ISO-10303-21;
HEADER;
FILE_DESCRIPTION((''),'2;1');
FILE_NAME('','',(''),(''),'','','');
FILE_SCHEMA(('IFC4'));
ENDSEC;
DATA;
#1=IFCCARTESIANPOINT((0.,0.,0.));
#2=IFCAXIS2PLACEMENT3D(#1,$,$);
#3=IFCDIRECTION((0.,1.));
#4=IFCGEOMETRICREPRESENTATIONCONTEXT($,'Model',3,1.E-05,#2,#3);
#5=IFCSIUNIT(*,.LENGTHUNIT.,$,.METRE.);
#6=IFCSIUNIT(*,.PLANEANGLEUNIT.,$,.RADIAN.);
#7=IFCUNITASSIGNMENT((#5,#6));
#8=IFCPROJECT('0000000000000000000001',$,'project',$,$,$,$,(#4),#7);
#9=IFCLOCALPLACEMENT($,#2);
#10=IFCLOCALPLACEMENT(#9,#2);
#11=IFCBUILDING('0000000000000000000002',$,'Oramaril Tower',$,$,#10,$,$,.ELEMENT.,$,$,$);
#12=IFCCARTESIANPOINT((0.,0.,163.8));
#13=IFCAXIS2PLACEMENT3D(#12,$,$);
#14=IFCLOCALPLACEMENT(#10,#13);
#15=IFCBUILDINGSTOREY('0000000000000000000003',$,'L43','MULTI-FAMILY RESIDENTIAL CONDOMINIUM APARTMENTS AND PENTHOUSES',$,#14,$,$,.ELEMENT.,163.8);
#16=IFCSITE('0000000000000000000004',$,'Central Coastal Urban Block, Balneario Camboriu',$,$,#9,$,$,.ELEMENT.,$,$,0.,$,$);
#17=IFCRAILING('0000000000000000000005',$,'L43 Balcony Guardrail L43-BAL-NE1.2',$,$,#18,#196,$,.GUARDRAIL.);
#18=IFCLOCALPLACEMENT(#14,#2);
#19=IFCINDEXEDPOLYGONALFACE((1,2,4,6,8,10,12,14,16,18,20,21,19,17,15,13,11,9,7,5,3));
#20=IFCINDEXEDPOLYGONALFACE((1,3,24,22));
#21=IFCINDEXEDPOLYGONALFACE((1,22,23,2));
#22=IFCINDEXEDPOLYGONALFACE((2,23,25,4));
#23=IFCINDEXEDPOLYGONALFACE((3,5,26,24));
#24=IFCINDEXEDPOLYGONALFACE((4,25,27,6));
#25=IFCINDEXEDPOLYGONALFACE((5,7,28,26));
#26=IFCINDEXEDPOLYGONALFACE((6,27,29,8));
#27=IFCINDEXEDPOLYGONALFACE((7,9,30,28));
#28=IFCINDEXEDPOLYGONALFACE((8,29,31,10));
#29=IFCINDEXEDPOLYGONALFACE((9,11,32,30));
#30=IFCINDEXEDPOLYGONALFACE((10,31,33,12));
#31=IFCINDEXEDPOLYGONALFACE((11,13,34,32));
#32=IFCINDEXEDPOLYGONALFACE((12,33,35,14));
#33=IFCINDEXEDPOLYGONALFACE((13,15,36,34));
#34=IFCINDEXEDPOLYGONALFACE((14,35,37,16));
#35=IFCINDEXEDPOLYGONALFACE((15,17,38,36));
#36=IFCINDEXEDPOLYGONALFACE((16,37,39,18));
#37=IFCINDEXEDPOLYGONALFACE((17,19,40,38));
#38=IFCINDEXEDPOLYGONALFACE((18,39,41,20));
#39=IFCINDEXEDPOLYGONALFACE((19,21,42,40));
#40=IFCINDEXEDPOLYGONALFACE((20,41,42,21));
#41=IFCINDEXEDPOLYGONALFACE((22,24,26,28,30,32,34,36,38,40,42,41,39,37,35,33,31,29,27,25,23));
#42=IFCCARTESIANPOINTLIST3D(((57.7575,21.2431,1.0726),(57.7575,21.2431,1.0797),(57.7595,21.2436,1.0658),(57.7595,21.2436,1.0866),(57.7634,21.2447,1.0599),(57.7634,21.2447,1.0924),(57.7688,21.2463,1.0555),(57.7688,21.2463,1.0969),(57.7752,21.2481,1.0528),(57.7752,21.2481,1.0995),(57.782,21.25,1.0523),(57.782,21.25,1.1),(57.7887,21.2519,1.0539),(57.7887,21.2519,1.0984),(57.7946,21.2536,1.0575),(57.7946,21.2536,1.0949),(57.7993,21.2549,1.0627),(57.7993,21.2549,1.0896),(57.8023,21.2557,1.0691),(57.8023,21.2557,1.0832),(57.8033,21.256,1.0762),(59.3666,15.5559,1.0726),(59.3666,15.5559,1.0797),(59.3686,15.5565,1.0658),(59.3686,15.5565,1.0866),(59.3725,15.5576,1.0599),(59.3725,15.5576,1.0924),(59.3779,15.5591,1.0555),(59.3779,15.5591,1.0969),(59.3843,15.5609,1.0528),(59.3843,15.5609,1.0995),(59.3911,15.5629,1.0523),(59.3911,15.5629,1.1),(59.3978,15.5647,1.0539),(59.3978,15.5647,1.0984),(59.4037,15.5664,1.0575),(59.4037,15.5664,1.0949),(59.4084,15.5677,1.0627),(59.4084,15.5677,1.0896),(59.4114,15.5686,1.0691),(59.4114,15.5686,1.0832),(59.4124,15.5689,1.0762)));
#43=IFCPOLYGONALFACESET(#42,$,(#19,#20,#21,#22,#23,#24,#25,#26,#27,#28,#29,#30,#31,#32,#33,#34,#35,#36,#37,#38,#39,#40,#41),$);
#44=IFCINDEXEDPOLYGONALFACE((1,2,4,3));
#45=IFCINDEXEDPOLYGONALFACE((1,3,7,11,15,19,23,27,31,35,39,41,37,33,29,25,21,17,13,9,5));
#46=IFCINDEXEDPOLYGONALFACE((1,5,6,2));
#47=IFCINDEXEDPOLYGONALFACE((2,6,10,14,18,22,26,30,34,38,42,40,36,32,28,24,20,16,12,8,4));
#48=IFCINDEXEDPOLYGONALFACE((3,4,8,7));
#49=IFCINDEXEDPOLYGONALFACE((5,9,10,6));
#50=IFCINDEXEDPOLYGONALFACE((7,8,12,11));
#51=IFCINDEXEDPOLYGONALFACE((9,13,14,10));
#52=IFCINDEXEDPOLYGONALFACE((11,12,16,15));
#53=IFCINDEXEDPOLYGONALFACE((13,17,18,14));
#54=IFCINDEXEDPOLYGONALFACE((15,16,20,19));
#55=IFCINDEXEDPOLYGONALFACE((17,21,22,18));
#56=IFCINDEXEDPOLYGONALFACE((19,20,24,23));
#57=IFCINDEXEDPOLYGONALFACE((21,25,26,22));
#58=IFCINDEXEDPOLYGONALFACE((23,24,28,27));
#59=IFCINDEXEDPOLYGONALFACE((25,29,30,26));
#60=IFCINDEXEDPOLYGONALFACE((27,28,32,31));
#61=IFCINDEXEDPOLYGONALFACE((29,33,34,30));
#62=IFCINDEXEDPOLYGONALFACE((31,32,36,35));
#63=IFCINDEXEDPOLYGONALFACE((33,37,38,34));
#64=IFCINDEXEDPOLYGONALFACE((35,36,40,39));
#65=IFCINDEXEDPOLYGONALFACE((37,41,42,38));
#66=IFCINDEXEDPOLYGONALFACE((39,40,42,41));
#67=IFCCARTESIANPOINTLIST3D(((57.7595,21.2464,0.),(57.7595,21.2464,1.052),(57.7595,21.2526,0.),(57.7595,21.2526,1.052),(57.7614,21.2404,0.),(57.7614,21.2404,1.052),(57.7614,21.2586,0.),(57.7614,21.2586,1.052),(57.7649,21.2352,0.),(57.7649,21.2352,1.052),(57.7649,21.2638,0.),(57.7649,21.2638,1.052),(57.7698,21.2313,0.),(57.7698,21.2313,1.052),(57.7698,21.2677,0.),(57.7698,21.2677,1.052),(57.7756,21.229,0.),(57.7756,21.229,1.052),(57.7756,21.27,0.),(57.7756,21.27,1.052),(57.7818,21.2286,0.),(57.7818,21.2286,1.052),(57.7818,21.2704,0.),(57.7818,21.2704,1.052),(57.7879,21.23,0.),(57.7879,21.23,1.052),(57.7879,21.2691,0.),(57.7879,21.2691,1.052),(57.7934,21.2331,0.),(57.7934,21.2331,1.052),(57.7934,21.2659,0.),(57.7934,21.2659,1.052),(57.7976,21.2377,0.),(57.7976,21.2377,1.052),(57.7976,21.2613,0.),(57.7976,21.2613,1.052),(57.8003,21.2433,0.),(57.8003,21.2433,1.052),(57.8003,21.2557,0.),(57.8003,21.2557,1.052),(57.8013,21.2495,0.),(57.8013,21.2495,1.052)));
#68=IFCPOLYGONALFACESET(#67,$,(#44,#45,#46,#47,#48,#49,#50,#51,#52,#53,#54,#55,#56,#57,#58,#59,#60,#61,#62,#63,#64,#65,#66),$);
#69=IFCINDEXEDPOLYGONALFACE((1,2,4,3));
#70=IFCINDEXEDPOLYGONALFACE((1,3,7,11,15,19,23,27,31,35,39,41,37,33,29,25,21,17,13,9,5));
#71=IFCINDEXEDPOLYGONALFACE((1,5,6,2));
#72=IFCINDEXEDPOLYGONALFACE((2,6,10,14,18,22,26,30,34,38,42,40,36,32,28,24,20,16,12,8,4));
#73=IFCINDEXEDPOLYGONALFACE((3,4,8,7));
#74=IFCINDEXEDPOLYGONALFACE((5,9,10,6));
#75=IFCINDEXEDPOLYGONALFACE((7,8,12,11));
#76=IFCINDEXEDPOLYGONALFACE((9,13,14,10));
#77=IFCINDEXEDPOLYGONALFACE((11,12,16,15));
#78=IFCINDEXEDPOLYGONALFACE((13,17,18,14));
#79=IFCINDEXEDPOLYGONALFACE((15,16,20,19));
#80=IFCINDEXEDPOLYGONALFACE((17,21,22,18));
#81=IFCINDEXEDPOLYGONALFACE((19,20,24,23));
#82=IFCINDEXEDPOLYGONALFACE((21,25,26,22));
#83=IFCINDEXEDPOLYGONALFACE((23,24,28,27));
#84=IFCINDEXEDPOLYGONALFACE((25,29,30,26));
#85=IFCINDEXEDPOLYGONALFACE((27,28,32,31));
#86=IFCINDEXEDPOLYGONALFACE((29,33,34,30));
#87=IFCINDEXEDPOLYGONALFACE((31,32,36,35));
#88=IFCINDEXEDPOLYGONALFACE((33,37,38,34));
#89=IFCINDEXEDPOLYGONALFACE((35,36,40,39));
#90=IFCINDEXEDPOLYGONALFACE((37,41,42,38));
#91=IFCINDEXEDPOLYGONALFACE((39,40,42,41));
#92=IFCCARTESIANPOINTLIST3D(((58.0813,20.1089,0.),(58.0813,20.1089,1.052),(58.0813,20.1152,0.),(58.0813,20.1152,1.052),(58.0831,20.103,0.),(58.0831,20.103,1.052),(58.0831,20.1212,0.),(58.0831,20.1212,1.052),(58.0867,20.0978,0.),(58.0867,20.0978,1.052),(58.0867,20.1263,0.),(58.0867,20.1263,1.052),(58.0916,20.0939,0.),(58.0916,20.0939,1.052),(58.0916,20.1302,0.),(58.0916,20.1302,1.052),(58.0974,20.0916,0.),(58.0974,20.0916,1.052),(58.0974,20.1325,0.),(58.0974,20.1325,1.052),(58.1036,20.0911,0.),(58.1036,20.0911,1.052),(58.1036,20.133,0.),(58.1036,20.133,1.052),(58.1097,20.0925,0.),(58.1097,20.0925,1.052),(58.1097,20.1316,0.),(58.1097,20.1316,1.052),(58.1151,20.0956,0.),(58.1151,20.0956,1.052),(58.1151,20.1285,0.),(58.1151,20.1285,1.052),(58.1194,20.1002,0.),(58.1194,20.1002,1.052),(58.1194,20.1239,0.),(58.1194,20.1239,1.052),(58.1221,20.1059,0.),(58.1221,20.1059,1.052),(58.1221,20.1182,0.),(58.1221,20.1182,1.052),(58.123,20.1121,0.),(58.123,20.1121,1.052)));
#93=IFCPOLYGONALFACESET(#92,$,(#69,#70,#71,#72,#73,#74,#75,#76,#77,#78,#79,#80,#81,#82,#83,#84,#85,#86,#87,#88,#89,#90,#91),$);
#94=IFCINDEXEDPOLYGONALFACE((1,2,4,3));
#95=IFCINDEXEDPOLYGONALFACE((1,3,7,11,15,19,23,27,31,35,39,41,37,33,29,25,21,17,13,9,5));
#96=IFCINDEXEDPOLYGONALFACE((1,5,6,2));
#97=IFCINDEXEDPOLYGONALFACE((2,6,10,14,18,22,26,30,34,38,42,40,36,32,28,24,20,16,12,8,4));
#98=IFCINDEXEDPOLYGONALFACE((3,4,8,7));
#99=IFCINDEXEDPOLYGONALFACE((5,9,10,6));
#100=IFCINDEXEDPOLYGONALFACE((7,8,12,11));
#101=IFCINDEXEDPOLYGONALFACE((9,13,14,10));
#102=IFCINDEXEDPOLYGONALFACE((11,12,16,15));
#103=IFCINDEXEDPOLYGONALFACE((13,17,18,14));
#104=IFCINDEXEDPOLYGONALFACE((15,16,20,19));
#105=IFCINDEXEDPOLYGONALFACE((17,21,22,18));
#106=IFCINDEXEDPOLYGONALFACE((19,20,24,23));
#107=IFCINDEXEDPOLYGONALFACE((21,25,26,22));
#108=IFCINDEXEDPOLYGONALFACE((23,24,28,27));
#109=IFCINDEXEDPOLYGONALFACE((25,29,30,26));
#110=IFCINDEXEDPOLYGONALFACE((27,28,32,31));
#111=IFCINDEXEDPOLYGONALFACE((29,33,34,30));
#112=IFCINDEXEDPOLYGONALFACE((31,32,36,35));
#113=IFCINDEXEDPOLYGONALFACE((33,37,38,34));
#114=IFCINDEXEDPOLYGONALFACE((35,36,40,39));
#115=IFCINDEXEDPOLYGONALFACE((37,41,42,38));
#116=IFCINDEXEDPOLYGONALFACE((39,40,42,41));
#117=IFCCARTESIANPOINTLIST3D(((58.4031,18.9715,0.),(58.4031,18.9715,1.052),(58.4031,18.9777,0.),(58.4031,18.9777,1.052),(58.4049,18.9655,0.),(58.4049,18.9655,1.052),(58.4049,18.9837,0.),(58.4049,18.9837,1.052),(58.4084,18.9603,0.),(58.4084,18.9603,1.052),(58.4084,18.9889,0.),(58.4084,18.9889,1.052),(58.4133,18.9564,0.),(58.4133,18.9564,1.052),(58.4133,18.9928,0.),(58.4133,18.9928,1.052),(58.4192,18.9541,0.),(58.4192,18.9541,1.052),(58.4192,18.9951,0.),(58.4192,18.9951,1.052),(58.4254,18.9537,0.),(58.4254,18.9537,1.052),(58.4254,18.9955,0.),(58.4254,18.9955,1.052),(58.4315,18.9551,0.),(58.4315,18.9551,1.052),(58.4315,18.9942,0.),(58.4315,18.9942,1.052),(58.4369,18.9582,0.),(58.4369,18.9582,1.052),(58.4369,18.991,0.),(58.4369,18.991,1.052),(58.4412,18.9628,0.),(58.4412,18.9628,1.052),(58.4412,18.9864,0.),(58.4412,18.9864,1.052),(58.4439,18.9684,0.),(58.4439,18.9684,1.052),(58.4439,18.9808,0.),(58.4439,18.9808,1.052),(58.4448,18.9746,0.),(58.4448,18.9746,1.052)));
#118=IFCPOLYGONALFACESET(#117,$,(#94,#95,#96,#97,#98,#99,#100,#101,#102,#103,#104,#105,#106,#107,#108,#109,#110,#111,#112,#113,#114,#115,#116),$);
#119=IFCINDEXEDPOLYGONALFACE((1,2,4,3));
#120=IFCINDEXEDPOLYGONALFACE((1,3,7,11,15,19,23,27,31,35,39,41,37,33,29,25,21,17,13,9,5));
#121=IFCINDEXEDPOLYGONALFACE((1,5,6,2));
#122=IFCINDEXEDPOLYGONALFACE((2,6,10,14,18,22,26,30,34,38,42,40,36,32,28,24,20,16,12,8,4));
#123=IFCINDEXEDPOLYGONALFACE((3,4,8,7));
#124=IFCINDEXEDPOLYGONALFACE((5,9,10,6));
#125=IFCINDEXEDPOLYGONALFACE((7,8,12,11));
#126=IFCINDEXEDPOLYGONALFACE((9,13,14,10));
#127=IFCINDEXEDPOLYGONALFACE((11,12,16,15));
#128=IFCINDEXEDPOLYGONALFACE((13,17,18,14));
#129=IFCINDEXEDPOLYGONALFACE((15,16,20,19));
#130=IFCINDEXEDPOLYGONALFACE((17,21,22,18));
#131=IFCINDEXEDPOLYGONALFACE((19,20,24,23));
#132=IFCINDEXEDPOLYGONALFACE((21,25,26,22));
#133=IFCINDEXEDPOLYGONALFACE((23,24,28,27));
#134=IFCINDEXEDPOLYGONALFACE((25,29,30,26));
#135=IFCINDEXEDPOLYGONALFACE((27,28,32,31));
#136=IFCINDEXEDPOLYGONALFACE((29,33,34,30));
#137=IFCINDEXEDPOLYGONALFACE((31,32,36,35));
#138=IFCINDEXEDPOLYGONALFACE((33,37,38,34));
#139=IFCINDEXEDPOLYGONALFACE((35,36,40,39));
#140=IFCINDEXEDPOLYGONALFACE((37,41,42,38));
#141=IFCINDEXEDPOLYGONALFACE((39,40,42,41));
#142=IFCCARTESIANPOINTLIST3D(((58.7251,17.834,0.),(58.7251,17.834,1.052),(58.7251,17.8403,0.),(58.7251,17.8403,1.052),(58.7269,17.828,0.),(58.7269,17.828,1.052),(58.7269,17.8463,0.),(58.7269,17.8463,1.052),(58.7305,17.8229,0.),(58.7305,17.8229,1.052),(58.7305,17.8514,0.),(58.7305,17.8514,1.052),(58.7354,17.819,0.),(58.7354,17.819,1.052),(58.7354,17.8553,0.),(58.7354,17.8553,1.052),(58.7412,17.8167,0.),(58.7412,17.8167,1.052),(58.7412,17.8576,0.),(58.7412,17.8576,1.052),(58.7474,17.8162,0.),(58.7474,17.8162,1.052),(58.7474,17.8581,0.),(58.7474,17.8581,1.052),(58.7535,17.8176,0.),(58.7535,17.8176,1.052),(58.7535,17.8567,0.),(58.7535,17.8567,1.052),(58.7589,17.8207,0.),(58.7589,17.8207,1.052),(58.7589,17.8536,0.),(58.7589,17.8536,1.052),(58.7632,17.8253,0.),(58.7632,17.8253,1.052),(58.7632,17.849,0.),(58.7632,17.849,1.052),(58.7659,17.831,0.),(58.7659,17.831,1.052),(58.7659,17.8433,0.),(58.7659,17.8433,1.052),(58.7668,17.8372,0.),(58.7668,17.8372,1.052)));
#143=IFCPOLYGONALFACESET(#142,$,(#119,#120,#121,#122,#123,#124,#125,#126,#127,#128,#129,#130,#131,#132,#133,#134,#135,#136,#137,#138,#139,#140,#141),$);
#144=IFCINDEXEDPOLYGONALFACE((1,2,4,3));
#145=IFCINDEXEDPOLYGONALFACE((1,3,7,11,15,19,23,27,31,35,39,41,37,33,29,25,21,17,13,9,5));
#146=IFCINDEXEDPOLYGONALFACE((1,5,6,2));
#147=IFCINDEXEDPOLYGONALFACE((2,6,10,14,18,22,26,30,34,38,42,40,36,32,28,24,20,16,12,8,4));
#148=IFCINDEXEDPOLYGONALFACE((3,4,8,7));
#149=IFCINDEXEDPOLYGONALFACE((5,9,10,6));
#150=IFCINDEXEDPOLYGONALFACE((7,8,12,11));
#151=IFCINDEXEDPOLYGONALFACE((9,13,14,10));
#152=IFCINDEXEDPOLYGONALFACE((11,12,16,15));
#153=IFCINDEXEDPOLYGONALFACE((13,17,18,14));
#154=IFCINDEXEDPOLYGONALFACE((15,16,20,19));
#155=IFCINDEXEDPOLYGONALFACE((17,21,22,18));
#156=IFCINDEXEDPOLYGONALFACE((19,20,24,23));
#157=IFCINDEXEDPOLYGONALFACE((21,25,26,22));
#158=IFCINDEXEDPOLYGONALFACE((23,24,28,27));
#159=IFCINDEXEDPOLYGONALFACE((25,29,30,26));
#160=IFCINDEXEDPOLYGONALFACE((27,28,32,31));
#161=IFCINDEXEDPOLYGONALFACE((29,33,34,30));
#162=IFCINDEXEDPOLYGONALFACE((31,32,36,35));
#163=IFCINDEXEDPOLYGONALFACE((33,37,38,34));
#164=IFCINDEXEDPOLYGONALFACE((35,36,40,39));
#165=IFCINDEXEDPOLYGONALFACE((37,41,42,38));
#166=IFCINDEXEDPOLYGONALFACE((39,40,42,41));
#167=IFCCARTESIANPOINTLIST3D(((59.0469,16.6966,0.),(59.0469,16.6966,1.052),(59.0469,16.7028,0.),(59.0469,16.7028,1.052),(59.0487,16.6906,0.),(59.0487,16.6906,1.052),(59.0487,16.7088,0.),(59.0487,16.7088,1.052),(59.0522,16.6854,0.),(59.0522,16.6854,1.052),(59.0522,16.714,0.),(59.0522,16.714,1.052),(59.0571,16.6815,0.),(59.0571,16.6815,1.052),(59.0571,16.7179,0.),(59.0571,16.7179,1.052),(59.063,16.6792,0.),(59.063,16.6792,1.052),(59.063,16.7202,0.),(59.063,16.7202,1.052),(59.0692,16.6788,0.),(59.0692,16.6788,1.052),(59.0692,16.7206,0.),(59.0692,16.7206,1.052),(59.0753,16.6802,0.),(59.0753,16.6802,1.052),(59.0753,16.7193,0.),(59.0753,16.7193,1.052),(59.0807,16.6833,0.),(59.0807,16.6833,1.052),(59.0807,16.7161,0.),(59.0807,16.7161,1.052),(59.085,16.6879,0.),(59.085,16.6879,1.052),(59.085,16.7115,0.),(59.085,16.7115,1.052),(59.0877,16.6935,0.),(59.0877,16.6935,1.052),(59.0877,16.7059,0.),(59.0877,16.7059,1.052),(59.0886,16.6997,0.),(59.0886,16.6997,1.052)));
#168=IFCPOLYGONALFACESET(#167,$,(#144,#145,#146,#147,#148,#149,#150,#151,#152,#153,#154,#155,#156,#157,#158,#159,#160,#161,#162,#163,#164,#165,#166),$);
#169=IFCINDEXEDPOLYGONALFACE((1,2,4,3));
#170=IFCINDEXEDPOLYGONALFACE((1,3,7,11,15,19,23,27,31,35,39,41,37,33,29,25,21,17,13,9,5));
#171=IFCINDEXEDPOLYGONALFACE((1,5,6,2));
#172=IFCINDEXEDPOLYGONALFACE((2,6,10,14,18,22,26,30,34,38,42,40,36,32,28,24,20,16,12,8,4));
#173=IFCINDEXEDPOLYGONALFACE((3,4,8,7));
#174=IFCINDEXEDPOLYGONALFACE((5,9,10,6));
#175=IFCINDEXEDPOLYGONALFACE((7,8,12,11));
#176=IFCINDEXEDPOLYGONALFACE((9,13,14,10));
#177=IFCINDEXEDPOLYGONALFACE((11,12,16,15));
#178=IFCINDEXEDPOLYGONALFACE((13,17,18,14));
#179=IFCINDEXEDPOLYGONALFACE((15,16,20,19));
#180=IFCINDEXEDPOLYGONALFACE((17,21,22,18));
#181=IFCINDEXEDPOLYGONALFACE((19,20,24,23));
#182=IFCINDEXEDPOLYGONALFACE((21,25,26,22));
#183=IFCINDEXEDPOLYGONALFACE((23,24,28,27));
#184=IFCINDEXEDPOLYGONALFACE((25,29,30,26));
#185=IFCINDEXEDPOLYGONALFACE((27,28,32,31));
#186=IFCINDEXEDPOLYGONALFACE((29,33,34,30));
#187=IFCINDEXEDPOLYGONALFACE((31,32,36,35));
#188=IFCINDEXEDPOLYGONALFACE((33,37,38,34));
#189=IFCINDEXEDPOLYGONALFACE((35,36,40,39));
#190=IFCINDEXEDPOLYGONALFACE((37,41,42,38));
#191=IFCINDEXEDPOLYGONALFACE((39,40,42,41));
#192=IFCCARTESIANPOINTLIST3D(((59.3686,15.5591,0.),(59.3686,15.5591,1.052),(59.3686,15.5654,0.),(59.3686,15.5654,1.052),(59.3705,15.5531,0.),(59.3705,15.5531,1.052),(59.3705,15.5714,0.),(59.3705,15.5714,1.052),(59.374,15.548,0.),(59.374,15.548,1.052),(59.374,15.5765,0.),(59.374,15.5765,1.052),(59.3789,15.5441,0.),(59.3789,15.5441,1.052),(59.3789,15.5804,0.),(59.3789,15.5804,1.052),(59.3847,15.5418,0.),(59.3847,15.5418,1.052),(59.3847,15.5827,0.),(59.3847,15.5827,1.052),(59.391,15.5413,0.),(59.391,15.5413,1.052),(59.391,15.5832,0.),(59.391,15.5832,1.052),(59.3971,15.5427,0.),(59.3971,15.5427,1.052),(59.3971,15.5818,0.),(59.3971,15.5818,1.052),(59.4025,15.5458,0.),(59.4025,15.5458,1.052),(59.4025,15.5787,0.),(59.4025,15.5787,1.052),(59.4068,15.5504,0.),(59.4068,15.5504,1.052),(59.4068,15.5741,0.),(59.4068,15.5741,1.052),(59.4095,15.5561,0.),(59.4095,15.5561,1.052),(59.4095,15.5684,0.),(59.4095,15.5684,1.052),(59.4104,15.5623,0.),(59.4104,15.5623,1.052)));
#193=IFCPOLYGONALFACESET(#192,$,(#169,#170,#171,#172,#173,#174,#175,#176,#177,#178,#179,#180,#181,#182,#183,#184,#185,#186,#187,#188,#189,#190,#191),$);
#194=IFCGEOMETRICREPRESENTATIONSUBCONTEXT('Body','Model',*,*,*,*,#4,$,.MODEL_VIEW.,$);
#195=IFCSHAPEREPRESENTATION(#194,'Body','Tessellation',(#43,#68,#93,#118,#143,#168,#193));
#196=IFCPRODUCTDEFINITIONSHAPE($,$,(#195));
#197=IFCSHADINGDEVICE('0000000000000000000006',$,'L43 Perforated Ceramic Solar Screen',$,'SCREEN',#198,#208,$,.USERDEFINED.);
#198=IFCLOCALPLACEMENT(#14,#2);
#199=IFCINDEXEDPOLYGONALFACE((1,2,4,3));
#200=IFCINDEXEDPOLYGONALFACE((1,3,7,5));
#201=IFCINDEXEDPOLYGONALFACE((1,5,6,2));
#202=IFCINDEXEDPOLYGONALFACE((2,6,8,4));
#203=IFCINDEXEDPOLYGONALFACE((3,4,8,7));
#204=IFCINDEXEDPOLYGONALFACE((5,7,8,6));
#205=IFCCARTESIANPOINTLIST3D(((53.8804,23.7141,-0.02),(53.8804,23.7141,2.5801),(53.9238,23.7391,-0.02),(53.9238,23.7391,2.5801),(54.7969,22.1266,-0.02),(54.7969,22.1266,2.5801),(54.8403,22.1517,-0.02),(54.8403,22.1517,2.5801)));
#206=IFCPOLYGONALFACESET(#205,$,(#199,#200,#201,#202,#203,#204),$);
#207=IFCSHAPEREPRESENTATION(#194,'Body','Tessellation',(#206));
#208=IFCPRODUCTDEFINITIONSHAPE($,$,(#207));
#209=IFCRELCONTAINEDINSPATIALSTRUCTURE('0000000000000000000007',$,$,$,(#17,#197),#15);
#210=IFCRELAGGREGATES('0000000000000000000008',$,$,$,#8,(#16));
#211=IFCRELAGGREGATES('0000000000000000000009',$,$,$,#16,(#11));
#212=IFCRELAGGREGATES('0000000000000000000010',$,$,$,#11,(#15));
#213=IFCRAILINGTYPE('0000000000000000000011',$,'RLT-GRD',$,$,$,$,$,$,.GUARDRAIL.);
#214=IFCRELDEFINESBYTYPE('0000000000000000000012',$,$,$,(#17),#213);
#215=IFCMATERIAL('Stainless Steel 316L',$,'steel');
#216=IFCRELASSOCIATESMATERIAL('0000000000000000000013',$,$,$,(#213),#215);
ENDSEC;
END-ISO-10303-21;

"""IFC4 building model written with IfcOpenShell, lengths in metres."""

from ifc_helpers import new_model, si_unit, direction, frame, origin, origin_2d, place, context, subcontext, project, spatial, rectangle, circle, extrude, material, type_object, element, save


model = new_model("IFC4")

# Units and contexts
model_context = context("Model", 3, precision=1e-05, world=origin(), true_north=direction((0.0, 1.0)))
body_context = subcontext(model_context, "Body", "Model", "MODEL_VIEW")
ifc_project = project(units=[si_unit("LENGTHUNIT", "METRE"), si_unit("PLANEANGLEUNIT", "RADIAN")], contexts=[model_context])

# Site, building, storey
site_placement = place(None, origin())
site = spatial("IfcSite", under=ifc_project, at=site_placement, Name="Central Coastal Urban Block, Balneario Camboriu", CompositionType="ELEMENT", RefElevation=0.0)
building_placement = place(site_placement, origin())
building = spatial("IfcBuilding", under=site, at=building_placement, Name="Oramaril Tower", CompositionType="ELEMENT")
storey_placement = place(building_placement, frame((0.0, 0.0, 163.8)))
storey = spatial("IfcBuildingStorey", under=building, at=storey_placement, Name="L43", Description="MULTI-FAMILY RESIDENTIAL CONDOMINIUM APARTMENTS AND PENTHOUSES", CompositionType="ELEMENT", Elevation=163.8)

# Railing
ifc_material_1 = material(Name="Stainless Steel 316L", Category="steel")
railing_type = type_object("IfcRailingType", Name="RLT-GRD", PredefinedType="GUARDRAIL", material=ifc_material_1)
railing_1_placement = place(storey_placement, frame((57.7803, 21.2495, 0.0)))
element("IfcRailing", 1, at=railing_1_placement, inside=storey, type_object=railing_type, Name="L43 Balcony Guardrail L43-BAL-NE1.2", PredefinedType="GUARDRAIL", context=body_context, shape_type="SweptSolid", body=[
    extrude(circle(Radius=0.0239, at=origin_2d()), frame((0.0, 0.0, 1.0762), z_axis=(0.272249, -0.962227, 0.0), x_axis=(0.962227, 0.272249, 0.0)), (0.0, 0.0, 1.0), 5.9104),
    extrude(circle(Radius=0.021, at=origin_2d()), origin(), (0.0, 0.0, 1.0), 1.052),
    extrude(circle(Radius=0.021, at=origin_2d()), frame((0.3218, -1.1375, 0.0)), (0.0, 0.0, 1.0), 1.052),
    extrude(circle(Radius=0.021, at=origin_2d()), frame((0.6436, -2.2749, 0.0)), (0.0, 0.0, 1.0), 1.052),
    extrude(circle(Radius=0.021, at=origin_2d()), frame((0.9656, -3.4124, 0.0)), (0.0, 0.0, 1.0), 1.052),
    extrude(circle(Radius=0.021, at=origin_2d()), frame((1.2874, -4.5498, 0.0)), (0.0, 0.0, 1.0), 1.052),
    extrude(circle(Radius=0.021, at=origin_2d()), frame((1.6091, -5.6873, 0.0)), (0.0, 0.0, 1.0), 1.052),
])

# Shading device
shading_device_placement = place(storey_placement, frame((54.3604, 22.9329, -0.02), z_axis=(0.0, 0.0, 1.0), x_axis=(-0.5, 0.866025, 0.0)))
element("IfcShadingDevice", 2, at=shading_device_placement, inside=storey, Name="L43 Perforated Ceramic Solar Screen", ObjectType="SCREEN", PredefinedType="USERDEFINED", context=body_context, shape_type="SweptSolid", body=[
    extrude(rectangle(XDim=1.833, YDim=0.05, at=origin_2d()), origin(), (0.0, 0.0, 1.0), 2.6001),
])

save(model, "model.ifc")
